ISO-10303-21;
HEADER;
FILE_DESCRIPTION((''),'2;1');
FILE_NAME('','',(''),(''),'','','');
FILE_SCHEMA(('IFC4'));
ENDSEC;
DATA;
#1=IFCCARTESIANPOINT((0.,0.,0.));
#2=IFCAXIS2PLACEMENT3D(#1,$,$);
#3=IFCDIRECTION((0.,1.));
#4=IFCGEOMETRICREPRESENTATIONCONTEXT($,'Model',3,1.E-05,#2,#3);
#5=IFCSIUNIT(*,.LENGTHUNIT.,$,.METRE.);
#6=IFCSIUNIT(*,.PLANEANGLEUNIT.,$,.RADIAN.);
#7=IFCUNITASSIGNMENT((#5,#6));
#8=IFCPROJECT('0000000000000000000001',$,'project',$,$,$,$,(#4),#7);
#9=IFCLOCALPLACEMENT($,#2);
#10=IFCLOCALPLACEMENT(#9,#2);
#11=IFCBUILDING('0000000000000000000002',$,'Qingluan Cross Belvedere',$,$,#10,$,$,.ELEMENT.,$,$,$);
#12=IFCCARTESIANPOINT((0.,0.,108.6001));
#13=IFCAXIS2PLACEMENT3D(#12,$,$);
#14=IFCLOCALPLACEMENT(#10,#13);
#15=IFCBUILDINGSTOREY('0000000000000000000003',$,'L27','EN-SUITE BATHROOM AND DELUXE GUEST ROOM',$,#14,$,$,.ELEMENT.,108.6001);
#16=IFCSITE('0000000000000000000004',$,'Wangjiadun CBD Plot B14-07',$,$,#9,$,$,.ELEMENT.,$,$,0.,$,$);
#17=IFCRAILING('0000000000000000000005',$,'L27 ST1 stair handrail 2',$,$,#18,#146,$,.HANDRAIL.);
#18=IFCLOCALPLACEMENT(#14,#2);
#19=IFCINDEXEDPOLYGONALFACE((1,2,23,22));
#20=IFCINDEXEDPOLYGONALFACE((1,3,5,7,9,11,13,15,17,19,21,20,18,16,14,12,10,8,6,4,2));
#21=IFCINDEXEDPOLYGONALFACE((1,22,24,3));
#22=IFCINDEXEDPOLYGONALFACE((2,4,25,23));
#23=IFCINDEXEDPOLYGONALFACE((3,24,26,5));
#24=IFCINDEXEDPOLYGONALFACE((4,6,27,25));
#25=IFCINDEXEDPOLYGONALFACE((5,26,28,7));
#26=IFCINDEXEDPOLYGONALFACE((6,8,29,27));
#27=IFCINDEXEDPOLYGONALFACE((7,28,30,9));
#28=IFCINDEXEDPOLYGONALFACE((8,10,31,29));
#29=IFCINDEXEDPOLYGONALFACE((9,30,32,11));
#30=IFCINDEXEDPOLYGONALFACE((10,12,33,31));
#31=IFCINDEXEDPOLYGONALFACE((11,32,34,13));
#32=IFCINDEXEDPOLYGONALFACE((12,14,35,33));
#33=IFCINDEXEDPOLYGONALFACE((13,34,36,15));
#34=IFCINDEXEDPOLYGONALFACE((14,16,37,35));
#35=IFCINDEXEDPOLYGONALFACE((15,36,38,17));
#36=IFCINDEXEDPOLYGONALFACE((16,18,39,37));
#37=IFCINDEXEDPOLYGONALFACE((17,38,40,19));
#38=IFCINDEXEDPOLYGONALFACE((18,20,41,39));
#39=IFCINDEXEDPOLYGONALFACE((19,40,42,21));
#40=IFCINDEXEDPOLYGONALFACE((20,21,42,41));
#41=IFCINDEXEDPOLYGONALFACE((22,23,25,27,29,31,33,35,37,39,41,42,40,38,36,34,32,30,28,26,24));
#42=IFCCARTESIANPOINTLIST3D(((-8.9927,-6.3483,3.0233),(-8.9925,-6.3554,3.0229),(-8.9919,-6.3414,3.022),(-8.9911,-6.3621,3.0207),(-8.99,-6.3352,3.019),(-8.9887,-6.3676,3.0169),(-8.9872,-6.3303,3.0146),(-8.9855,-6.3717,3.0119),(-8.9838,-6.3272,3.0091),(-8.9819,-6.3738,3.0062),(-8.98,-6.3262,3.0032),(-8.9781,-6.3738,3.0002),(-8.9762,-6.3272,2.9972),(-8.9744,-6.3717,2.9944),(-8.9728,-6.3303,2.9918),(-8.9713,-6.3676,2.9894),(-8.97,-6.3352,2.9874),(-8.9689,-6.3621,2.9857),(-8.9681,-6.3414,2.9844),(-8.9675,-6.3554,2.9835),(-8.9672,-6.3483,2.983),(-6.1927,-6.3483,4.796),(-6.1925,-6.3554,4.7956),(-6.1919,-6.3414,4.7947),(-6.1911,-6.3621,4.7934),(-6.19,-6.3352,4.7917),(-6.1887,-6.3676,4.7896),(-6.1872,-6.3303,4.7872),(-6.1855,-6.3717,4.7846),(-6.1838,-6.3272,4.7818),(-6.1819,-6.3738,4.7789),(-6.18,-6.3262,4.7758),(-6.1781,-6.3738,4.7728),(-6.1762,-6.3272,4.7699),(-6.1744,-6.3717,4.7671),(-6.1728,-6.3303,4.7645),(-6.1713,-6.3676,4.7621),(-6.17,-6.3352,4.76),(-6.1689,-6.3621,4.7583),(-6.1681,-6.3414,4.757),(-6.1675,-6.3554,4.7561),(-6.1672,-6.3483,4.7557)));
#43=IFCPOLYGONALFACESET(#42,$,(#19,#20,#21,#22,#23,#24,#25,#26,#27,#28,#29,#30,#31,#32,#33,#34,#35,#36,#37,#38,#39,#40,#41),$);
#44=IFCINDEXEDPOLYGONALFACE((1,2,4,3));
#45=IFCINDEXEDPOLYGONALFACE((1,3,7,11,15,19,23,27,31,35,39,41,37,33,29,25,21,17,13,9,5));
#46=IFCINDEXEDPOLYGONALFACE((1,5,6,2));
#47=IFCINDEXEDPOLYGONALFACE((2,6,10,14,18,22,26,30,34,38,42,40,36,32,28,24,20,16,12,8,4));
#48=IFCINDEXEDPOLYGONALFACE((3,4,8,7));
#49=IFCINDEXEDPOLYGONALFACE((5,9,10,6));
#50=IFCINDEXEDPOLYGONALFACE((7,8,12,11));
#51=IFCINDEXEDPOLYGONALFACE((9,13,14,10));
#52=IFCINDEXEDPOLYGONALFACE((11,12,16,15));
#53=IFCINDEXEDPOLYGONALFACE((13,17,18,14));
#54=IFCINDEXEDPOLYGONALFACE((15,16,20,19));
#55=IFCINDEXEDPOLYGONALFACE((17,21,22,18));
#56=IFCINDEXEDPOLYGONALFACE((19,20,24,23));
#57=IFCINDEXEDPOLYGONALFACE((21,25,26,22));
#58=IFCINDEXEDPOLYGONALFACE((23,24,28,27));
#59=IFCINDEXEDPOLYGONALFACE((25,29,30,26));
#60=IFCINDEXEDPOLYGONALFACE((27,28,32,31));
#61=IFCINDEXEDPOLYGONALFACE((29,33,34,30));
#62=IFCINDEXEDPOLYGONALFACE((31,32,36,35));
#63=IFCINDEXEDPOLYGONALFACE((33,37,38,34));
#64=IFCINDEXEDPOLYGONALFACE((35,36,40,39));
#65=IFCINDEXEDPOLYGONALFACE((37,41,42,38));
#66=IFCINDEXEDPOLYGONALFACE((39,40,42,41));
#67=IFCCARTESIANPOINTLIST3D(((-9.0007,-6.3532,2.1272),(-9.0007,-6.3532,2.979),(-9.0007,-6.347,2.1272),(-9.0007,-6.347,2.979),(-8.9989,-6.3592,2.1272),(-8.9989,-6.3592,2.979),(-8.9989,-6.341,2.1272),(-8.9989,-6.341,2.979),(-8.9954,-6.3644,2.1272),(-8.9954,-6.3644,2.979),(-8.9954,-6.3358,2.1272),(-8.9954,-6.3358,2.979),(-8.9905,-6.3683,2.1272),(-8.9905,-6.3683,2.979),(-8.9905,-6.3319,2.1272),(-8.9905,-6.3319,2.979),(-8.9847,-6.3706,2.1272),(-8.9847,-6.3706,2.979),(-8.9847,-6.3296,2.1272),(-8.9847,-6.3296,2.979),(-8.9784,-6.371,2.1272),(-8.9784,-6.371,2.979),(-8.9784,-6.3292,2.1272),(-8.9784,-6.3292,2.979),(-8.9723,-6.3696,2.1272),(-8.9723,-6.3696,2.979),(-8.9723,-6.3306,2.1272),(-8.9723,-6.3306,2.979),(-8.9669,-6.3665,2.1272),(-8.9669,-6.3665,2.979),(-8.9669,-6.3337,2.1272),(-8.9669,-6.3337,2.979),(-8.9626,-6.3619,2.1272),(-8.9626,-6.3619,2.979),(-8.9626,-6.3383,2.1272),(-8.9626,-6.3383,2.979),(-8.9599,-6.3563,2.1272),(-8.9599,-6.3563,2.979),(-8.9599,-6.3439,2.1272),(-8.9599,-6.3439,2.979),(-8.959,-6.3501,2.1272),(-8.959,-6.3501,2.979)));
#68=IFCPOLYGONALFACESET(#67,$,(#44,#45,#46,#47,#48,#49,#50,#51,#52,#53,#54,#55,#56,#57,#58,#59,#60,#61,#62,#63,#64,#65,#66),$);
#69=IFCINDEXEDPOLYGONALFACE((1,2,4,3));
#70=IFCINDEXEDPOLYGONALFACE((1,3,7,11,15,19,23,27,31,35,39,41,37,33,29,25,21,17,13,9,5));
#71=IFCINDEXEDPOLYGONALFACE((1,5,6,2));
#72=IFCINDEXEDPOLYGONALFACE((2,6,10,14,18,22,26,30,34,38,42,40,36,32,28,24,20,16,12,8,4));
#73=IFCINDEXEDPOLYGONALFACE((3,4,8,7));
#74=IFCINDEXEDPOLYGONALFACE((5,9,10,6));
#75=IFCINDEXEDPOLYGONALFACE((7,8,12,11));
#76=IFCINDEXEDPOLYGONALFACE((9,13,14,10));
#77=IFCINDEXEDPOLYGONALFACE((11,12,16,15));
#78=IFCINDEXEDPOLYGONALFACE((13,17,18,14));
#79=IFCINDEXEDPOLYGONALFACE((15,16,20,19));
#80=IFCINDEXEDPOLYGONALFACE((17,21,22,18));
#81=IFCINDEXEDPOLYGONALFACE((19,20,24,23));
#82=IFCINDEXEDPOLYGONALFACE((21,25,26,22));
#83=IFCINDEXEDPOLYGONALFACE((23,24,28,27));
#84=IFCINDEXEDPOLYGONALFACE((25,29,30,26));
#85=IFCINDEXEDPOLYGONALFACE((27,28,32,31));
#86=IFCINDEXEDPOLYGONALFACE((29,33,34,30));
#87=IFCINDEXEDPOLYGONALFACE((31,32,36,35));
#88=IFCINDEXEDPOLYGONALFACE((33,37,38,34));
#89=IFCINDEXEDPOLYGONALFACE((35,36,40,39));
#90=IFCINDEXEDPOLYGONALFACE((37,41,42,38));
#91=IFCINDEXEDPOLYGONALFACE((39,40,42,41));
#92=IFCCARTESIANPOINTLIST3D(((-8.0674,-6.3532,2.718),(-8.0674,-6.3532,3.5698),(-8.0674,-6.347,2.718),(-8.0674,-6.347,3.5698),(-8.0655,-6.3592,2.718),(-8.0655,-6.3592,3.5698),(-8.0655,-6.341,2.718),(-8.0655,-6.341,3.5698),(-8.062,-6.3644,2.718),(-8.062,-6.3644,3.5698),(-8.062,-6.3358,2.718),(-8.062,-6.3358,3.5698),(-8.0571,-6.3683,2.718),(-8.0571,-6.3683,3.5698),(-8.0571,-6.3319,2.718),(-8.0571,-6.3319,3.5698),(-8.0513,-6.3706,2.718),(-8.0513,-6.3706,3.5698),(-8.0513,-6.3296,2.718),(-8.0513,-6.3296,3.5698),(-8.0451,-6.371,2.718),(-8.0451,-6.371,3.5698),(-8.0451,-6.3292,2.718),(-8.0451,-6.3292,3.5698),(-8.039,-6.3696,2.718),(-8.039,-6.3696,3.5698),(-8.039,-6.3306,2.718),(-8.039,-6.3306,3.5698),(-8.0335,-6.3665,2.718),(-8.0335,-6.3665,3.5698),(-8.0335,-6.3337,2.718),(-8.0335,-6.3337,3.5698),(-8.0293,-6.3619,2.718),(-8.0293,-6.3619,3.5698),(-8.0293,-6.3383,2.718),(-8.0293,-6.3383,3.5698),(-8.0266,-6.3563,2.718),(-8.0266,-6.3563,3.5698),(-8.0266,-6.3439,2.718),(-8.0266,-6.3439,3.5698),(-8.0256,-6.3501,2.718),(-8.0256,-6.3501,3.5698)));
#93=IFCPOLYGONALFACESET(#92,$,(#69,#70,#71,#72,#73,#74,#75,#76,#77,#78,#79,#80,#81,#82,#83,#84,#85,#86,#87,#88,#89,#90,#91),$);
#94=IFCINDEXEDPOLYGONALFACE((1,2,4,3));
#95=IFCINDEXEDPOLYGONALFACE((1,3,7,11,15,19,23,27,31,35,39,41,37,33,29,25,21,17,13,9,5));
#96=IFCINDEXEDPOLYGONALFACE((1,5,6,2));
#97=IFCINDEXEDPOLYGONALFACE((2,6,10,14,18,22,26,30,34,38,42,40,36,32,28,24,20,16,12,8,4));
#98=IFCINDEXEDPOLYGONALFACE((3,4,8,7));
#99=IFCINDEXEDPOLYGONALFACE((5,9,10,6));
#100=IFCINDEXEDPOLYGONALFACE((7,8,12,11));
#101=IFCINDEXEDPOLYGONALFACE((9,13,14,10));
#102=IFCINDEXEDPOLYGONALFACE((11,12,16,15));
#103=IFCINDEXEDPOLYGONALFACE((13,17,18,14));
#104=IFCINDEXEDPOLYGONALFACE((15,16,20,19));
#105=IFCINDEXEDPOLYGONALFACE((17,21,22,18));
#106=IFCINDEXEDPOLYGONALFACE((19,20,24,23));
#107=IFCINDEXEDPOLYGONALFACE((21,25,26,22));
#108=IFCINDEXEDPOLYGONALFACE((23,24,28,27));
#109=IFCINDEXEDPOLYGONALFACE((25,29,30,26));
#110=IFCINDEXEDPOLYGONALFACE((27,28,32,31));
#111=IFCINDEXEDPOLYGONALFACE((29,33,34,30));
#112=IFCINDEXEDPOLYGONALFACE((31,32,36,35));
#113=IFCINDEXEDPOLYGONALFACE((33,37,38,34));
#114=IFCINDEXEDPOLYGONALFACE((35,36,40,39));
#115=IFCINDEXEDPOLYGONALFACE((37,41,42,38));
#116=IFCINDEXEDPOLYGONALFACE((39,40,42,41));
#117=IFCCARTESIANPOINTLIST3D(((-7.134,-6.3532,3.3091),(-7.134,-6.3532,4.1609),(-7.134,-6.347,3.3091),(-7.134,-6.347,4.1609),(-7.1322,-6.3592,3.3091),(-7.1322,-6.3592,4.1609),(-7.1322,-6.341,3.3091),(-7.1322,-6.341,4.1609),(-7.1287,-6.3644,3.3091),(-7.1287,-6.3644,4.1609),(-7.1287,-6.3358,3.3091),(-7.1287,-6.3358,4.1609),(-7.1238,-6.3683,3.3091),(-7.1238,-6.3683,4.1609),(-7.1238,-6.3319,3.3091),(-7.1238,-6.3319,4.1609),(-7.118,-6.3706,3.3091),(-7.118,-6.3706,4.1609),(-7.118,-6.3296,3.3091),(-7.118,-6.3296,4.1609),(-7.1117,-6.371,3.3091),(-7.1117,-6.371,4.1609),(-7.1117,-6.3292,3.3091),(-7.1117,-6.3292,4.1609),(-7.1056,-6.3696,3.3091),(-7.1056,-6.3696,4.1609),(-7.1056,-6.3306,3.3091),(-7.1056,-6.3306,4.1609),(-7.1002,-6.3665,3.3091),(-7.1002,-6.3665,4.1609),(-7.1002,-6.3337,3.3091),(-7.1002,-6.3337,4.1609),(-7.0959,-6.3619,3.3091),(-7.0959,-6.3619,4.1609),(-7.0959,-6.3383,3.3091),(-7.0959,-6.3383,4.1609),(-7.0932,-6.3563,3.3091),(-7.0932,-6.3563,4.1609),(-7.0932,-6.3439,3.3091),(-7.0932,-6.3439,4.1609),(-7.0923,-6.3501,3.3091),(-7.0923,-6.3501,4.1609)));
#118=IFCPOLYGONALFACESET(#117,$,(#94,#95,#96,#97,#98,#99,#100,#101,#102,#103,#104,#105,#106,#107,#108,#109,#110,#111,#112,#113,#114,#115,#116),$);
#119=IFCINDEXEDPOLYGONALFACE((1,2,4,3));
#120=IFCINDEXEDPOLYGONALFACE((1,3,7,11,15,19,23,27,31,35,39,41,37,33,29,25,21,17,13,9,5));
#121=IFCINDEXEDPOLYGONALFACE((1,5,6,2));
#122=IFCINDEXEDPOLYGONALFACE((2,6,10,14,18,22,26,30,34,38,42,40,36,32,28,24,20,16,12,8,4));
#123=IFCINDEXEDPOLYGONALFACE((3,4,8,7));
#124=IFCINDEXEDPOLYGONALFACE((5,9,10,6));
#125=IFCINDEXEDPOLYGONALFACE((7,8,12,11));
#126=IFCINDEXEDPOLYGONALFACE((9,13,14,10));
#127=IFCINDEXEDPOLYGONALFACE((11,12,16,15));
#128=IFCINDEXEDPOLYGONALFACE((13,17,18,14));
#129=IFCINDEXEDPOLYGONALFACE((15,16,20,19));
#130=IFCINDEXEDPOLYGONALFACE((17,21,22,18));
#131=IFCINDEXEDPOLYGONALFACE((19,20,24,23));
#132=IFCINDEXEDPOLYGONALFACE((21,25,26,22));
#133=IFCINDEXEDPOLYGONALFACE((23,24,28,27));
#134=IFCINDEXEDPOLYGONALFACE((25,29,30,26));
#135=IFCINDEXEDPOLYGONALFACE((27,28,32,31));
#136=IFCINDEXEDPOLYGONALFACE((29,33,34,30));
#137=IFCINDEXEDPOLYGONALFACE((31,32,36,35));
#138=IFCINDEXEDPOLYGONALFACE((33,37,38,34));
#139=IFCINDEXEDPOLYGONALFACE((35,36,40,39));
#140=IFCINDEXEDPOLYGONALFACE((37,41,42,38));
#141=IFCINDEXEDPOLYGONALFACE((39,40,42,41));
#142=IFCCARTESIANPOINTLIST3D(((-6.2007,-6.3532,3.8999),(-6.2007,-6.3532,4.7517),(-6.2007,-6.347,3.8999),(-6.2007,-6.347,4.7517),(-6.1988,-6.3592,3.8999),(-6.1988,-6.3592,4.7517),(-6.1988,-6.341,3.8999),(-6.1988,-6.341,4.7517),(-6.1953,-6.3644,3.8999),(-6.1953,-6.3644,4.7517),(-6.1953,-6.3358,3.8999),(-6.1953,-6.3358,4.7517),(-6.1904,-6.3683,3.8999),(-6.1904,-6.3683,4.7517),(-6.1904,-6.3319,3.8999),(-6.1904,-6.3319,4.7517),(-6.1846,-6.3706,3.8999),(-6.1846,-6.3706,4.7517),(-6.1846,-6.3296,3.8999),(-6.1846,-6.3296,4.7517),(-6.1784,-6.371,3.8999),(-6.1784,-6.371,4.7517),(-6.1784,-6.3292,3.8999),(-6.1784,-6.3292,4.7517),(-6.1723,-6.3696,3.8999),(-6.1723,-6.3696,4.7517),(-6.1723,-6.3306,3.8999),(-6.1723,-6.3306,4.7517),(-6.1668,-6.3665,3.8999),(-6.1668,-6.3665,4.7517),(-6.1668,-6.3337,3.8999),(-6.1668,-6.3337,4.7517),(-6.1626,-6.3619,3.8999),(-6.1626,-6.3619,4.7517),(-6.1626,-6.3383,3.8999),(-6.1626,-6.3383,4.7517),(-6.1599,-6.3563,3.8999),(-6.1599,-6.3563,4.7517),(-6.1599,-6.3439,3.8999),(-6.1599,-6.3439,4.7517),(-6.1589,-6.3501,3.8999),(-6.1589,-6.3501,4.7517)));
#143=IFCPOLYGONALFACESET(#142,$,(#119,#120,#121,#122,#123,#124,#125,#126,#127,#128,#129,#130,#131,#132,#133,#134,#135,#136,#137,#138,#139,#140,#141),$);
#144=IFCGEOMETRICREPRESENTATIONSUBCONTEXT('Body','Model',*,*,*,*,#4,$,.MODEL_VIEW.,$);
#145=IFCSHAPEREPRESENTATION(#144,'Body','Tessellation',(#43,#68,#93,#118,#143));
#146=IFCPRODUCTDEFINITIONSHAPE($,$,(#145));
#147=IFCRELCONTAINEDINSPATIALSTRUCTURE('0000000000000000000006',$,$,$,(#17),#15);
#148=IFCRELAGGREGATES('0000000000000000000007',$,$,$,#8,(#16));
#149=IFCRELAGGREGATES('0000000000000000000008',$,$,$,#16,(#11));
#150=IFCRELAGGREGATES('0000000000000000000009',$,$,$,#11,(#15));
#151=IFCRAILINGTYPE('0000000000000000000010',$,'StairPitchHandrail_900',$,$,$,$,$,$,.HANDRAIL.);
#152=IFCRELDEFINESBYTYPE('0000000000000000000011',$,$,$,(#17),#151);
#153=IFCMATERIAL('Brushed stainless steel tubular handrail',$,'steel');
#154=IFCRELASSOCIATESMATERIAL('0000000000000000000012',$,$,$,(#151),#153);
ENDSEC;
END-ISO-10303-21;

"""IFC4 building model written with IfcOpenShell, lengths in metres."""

from ifc_helpers import new_model, si_unit, direction, frame, origin, origin_2d, place, context, subcontext, project, spatial, circle, extrude, material, type_object, element, save


model = new_model("IFC4")

# Units and contexts
model_context = context("Model", 3, precision=1e-05, world=origin(), true_north=direction((0.0, 1.0)))
body_context = subcontext(model_context, "Body", "Model", "MODEL_VIEW")
ifc_project = project(units=[si_unit("LENGTHUNIT", "METRE"), si_unit("PLANEANGLEUNIT", "RADIAN")], contexts=[model_context])

# Site, building, storey
site_placement = place(None, origin())
site = spatial("IfcSite", under=ifc_project, at=site_placement, Name="Wangjiadun CBD Plot B14-07", CompositionType="ELEMENT", RefElevation=0.0)
building_placement = place(site_placement, origin())
building = spatial("IfcBuilding", under=site, at=building_placement, Name="Qingluan Cross Belvedere", CompositionType="ELEMENT")
storey_placement = place(building_placement, frame((0.0, 0.0, 108.6001)))
storey = spatial("IfcBuildingStorey", under=building, at=storey_placement, Name="L27", Description="EN-SUITE BATHROOM AND DELUXE GUEST ROOM", CompositionType="ELEMENT", Elevation=108.6001)

# Railing
ifc_material_1 = material(Name="Brushed stainless steel tubular handrail", Category="steel")
railing_type_1 = type_object("IfcRailingType", Name="StairPitchHandrail_900", PredefinedType="HANDRAIL", material=ifc_material_1)
railing_1_placement = place(storey_placement, frame((-8.98, -6.3501, 2.1272)))
element("IfcRailing", 1, at=railing_1_placement, inside=storey, type_object=railing_type_1, Name="L27 ST1 stair handrail 2", PredefinedType="HANDRAIL", context=body_context, shape_type="SweptSolid", body=[
    extrude(circle(Radius=0.0239, at=origin_2d()), frame((0.0, 0.0, 0.876), z_axis=(0.844909, 0.0, 0.53491), x_axis=(0.0, 1.0, 0.0)), (0.0, 0.0, 1.0), 3.314),
    extrude(circle(Radius=0.021, at=origin_2d()), origin(), (0.0, 0.0, 1.0), 0.8518),
    extrude(circle(Radius=0.021, at=origin_2d()), frame((0.9333, 0.0, 0.5908)), (0.0, 0.0, 1.0), 0.8518),
    extrude(circle(Radius=0.021, at=origin_2d()), frame((1.8667, 0.0, 1.1819)), (0.0, 0.0, 1.0), 0.8518),
    extrude(circle(Radius=0.021, at=origin_2d()), frame((2.8, 0.0, 1.7727)), (0.0, 0.0, 1.0), 0.8518),
])

save(model, "model.ifc")
